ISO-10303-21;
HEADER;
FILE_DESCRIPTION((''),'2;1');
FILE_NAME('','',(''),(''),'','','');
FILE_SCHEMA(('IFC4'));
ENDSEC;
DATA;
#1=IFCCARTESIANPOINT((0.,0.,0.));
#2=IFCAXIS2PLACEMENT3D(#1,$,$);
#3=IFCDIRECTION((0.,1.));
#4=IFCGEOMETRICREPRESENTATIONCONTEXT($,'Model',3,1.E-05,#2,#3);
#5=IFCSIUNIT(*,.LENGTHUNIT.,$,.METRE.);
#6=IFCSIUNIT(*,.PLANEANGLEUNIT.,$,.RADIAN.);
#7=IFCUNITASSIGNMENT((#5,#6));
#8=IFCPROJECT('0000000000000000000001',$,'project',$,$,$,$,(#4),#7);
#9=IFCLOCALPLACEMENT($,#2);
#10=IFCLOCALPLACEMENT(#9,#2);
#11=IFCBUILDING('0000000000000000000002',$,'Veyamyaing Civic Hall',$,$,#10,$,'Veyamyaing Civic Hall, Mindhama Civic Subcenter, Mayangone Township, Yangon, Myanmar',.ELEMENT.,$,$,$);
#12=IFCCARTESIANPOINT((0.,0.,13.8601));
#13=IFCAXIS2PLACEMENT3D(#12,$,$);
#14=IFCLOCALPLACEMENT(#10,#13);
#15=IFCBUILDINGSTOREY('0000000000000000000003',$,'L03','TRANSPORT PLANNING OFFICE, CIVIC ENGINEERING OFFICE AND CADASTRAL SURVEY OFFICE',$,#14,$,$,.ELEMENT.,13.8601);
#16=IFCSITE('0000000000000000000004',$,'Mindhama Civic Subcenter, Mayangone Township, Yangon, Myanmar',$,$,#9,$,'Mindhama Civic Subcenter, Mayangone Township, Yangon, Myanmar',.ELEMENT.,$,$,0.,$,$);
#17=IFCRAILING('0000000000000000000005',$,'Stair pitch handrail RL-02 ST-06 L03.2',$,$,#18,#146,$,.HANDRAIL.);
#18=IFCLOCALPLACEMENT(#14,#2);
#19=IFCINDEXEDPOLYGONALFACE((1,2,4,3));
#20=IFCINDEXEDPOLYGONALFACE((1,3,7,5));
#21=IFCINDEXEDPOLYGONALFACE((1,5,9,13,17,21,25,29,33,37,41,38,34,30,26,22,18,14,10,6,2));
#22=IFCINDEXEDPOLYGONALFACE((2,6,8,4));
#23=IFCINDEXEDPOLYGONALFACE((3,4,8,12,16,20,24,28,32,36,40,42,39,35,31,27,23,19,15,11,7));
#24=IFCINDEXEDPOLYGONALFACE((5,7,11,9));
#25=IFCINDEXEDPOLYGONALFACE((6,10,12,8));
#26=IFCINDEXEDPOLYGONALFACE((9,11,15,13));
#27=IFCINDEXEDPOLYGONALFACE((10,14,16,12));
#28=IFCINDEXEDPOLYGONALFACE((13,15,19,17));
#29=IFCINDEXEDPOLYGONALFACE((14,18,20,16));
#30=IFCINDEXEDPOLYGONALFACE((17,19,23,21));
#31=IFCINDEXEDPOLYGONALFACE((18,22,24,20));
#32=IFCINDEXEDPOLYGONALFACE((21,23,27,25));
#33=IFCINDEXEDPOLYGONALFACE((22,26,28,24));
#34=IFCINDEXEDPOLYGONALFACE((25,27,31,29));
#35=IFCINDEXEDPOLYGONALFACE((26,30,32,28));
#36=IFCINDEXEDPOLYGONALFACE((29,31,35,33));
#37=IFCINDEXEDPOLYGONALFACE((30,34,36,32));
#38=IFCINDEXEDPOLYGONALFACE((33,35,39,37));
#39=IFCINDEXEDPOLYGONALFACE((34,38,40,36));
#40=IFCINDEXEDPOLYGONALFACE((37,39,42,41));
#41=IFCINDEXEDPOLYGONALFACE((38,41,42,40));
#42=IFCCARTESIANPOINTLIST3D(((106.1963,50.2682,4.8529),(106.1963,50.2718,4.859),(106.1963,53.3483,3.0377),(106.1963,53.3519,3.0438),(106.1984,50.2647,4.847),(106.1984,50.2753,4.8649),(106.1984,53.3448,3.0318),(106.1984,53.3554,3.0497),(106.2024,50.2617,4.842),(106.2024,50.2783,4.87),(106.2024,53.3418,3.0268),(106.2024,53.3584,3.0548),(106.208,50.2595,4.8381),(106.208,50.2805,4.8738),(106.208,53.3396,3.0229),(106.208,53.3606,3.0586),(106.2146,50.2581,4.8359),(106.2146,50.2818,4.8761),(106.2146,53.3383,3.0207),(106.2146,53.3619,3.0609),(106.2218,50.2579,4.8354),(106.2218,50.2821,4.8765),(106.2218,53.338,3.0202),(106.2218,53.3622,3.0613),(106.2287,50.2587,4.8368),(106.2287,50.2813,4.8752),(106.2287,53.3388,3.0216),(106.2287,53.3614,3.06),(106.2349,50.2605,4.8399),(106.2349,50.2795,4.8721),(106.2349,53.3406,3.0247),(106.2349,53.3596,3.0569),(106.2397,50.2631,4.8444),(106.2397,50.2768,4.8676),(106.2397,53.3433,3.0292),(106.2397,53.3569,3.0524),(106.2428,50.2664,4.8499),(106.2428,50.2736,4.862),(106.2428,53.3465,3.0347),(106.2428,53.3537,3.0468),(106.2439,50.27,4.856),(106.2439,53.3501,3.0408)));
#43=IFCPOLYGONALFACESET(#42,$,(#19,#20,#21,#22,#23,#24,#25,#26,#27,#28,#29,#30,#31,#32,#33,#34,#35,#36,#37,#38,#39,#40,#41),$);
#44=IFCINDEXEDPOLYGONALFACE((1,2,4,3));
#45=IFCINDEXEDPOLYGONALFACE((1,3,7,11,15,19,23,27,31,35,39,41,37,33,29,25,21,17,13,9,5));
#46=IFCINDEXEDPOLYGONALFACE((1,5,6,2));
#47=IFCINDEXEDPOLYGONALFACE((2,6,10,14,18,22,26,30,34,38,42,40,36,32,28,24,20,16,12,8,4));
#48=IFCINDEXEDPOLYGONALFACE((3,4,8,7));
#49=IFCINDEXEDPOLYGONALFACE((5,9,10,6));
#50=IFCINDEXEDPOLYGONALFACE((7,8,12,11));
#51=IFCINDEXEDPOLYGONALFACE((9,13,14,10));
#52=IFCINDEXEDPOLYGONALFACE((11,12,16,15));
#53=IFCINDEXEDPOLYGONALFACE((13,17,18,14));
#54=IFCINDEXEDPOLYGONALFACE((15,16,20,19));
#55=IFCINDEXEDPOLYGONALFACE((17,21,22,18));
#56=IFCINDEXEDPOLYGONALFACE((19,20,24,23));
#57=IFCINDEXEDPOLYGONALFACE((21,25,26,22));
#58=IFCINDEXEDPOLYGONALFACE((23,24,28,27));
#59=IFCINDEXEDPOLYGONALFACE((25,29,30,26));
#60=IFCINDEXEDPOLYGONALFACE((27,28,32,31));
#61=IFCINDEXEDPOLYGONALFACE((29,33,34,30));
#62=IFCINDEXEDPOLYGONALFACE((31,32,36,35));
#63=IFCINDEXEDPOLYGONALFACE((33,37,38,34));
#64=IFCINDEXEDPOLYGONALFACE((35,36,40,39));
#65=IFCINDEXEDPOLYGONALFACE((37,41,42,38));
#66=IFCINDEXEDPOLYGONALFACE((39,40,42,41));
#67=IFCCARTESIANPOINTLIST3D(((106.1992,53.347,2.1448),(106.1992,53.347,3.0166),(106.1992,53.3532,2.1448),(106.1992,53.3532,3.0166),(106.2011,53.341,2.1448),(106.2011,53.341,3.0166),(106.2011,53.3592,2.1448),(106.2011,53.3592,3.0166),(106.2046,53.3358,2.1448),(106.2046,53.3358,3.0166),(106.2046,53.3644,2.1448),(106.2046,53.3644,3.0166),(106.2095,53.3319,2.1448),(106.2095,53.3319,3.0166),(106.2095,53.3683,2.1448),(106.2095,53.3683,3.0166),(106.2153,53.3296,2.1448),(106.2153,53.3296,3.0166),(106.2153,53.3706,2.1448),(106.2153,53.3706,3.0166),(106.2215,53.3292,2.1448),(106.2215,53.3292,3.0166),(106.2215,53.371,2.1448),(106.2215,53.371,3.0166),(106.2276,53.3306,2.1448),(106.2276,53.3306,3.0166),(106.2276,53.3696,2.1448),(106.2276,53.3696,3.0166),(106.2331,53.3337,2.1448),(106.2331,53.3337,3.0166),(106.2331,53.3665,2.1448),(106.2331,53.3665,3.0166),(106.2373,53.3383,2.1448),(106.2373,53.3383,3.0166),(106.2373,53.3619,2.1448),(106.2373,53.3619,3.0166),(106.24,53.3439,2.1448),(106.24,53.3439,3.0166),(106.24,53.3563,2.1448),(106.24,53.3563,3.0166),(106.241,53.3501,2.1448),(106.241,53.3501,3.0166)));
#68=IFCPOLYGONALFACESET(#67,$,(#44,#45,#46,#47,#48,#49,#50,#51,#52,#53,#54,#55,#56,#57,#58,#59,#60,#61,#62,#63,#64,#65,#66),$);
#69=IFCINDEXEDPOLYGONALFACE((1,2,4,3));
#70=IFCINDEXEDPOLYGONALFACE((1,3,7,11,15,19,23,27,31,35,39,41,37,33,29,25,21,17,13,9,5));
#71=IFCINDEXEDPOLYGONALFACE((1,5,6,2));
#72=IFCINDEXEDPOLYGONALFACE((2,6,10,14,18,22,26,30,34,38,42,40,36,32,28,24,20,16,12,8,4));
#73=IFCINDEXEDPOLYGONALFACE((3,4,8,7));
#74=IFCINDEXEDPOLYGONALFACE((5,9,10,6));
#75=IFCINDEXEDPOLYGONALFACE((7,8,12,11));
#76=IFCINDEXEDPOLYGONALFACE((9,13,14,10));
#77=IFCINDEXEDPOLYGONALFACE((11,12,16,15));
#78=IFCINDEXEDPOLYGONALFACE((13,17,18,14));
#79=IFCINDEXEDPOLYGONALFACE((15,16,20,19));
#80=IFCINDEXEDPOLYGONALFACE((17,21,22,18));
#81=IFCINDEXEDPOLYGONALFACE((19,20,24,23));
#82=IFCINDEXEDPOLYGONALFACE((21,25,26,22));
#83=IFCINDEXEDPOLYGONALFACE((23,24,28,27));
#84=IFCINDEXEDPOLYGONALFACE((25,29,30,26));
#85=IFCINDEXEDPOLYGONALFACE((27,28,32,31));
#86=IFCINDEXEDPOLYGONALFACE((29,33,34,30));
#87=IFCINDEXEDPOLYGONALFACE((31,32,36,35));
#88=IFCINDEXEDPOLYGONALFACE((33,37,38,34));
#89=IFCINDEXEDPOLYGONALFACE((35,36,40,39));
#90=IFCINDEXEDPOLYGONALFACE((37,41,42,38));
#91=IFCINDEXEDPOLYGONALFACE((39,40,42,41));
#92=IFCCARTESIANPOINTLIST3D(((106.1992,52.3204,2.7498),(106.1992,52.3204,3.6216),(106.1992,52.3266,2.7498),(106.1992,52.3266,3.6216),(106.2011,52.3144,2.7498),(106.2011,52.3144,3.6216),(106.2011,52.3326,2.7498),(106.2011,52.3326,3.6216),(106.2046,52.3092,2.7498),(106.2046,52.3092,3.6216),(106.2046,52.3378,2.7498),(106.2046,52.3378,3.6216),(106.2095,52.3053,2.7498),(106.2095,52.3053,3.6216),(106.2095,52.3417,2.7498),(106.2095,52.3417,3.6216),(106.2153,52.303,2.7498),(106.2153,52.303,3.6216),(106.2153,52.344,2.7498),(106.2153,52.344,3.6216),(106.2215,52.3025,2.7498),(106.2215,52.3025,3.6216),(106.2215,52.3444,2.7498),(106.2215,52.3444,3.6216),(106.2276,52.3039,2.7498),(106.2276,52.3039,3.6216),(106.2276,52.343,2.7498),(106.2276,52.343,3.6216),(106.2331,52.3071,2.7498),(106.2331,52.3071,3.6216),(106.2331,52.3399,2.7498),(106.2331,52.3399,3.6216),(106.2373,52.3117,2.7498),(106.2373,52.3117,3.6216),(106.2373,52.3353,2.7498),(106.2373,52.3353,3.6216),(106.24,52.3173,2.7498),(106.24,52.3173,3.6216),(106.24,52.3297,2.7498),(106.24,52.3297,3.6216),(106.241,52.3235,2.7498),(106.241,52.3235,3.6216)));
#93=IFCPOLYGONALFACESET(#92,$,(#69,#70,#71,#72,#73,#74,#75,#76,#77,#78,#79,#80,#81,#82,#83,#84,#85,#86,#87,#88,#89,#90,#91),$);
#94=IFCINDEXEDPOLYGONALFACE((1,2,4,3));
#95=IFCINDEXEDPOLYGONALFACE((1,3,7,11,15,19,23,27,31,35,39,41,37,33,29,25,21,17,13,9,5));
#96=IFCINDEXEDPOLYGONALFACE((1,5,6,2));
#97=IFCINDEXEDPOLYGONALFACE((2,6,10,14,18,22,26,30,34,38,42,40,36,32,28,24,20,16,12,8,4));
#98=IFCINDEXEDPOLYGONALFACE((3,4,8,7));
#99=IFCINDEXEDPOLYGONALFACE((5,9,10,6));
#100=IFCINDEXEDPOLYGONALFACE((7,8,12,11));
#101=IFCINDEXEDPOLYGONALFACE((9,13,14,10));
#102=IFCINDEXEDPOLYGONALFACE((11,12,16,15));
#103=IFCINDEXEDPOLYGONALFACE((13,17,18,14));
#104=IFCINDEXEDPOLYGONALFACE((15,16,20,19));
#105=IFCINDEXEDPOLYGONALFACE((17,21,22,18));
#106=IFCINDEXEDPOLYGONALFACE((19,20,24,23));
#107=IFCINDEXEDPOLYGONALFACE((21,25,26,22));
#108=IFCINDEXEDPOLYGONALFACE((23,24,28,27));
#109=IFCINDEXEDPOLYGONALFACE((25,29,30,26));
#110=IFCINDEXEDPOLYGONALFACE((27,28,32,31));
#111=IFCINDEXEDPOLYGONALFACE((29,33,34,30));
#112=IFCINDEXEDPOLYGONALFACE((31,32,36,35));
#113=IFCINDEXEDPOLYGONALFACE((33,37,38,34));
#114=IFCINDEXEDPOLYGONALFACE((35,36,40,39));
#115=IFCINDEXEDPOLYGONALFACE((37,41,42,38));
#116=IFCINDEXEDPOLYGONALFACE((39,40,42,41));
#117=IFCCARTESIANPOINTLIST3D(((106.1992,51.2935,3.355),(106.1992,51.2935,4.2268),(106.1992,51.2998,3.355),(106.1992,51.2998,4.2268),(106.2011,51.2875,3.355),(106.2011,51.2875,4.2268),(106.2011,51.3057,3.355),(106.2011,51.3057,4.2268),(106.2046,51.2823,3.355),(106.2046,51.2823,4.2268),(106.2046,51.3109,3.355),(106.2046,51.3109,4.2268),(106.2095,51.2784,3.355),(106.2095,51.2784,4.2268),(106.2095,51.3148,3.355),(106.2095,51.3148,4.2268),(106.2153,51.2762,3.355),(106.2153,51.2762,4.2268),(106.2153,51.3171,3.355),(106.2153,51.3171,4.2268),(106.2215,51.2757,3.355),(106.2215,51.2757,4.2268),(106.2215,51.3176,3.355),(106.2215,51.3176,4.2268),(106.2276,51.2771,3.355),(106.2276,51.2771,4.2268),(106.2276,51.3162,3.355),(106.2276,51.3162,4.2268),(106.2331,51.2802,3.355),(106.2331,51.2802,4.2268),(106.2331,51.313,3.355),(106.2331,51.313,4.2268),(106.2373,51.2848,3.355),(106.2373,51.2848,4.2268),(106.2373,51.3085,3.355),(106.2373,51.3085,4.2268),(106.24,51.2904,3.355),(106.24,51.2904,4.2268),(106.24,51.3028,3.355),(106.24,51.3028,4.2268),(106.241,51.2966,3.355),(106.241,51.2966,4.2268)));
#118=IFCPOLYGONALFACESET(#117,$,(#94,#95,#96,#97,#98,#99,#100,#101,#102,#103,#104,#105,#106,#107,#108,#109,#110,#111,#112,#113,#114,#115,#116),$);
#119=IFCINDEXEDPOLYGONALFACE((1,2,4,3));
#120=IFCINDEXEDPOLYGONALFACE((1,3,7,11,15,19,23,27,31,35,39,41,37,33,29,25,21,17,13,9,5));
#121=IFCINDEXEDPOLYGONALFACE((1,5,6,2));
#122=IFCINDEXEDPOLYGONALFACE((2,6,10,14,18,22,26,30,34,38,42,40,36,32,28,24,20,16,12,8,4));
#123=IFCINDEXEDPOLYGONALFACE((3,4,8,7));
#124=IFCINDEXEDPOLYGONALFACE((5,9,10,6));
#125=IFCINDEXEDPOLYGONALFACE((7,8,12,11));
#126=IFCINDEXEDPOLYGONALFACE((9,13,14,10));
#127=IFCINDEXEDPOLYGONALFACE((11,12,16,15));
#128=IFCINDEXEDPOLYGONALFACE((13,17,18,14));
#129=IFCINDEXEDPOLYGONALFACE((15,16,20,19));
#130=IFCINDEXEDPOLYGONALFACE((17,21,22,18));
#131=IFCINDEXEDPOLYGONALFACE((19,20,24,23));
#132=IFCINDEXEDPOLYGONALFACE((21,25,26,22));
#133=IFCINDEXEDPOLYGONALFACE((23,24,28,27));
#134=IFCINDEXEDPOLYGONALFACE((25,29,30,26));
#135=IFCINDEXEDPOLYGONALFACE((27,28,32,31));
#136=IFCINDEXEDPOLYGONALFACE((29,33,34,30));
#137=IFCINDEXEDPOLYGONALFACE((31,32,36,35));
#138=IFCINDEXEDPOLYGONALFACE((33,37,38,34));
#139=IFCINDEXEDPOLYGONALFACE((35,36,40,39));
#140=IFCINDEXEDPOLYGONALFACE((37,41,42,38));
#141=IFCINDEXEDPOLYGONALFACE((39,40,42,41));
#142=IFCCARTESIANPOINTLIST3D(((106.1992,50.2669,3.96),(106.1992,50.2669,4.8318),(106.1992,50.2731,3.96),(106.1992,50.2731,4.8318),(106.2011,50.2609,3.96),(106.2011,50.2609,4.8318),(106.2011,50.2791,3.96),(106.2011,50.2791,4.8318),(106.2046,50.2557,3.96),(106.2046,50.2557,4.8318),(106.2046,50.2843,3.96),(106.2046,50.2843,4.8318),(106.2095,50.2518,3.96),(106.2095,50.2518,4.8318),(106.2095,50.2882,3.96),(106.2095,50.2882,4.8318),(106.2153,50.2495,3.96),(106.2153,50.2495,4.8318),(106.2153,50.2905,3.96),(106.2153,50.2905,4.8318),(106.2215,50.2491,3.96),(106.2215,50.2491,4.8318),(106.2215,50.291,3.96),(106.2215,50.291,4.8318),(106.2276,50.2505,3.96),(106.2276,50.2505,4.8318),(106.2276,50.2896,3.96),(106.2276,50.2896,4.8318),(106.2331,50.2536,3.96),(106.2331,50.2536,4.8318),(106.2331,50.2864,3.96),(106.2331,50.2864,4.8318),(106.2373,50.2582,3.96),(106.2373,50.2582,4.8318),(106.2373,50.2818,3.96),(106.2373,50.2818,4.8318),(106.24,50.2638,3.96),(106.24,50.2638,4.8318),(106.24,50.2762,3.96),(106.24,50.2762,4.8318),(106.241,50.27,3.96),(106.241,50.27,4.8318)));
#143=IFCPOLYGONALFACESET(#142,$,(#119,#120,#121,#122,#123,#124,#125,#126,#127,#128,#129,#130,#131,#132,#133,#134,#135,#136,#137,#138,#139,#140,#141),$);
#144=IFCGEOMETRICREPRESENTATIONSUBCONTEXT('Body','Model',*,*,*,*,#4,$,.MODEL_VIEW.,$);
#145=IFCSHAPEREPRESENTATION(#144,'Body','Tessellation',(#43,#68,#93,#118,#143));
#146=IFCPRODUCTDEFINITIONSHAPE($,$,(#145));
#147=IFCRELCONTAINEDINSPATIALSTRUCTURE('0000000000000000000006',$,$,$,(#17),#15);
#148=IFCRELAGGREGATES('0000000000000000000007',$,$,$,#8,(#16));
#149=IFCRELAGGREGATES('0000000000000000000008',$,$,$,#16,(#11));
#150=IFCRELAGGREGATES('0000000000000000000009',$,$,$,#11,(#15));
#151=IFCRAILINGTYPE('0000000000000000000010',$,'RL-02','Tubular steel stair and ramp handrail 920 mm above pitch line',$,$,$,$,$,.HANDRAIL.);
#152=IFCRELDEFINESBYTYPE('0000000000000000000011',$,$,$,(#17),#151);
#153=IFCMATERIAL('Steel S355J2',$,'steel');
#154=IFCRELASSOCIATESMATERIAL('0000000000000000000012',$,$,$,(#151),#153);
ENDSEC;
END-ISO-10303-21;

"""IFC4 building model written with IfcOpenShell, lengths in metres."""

from ifc_helpers import new_model, si_unit, direction, frame, origin, origin_2d, place, context, subcontext, project, spatial, circle, extrude, material, type_object, element, save


model = new_model("IFC4")

# Units and contexts
model_context = context("Model", 3, precision=1e-05, world=origin(), true_north=direction((0.0, 1.0)))
body_context = subcontext(model_context, "Body", "Model", "MODEL_VIEW")
ifc_project = project(units=[si_unit("LENGTHUNIT", "METRE"), si_unit("PLANEANGLEUNIT", "RADIAN")], contexts=[model_context])

# Site, building, storey
site_placement = place(None, origin())
site = spatial("IfcSite", under=ifc_project, at=site_placement, Name="Mindhama Civic Subcenter, Mayangone Township, Yangon, Myanmar", LongName="Mindhama Civic Subcenter, Mayangone Township, Yangon, Myanmar", CompositionType="ELEMENT", RefElevation=0.0)
building_placement = place(site_placement, origin())
building = spatial("IfcBuilding", under=site, at=building_placement, Name="Veyamyaing Civic Hall", LongName="Veyamyaing Civic Hall, Mindhama Civic Subcenter, Mayangone Township, Yangon, Myanmar", CompositionType="ELEMENT")
storey_placement = place(building_placement, frame((0.0, 0.0, 13.8601)))
storey = spatial("IfcBuildingStorey", under=building, at=storey_placement, Name="L03", Description="TRANSPORT PLANNING OFFICE, CIVIC ENGINEERING OFFICE AND CADASTRAL SURVEY OFFICE", CompositionType="ELEMENT", Elevation=13.8601)

# Railing
ifc_material_1 = material(Name="Steel S355J2", Category="steel")
railing_type_1 = type_object("IfcRailingType", Name="RL-02", Description="Tubular steel stair and ramp handrail 920 mm above pitch line", PredefinedType="HANDRAIL", material=ifc_material_1)
railing_1_placement = place(storey_placement, frame((106.22, 53.3501, 2.1448)))
element("IfcRailing", 1, at=railing_1_placement, inside=storey, type_object=railing_type_1, Name="Stair pitch handrail RL-02 ST-06 L03.2", PredefinedType="HANDRAIL", context=body_context, shape_type="SweptSolid", body=[
    extrude(circle(Radius=0.0239, at=origin_2d()), frame((0.0, 0.0, 0.896), z_axis=(0.0, -0.861521, 0.507721), x_axis=(1.0, 0.0, 0.0)), (0.0, 0.0, 1.0), 3.5752),
    extrude(circle(Radius=0.021, at=origin_2d()), origin(), (0.0, 0.0, 1.0), 0.8718),
    extrude(circle(Radius=0.021, at=origin_2d()), frame((0.0, -1.0266, 0.605)), (0.0, 0.0, 1.0), 0.8718),
    extrude(circle(Radius=0.021, at=origin_2d()), frame((0.0, -2.0535, 1.2102)), (0.0, 0.0, 1.0), 0.8718),
    extrude(circle(Radius=0.021, at=origin_2d()), frame((0.0, -3.0801, 1.8152)), (0.0, 0.0, 1.0), 0.8718),
])

save(model, "model.ifc")
